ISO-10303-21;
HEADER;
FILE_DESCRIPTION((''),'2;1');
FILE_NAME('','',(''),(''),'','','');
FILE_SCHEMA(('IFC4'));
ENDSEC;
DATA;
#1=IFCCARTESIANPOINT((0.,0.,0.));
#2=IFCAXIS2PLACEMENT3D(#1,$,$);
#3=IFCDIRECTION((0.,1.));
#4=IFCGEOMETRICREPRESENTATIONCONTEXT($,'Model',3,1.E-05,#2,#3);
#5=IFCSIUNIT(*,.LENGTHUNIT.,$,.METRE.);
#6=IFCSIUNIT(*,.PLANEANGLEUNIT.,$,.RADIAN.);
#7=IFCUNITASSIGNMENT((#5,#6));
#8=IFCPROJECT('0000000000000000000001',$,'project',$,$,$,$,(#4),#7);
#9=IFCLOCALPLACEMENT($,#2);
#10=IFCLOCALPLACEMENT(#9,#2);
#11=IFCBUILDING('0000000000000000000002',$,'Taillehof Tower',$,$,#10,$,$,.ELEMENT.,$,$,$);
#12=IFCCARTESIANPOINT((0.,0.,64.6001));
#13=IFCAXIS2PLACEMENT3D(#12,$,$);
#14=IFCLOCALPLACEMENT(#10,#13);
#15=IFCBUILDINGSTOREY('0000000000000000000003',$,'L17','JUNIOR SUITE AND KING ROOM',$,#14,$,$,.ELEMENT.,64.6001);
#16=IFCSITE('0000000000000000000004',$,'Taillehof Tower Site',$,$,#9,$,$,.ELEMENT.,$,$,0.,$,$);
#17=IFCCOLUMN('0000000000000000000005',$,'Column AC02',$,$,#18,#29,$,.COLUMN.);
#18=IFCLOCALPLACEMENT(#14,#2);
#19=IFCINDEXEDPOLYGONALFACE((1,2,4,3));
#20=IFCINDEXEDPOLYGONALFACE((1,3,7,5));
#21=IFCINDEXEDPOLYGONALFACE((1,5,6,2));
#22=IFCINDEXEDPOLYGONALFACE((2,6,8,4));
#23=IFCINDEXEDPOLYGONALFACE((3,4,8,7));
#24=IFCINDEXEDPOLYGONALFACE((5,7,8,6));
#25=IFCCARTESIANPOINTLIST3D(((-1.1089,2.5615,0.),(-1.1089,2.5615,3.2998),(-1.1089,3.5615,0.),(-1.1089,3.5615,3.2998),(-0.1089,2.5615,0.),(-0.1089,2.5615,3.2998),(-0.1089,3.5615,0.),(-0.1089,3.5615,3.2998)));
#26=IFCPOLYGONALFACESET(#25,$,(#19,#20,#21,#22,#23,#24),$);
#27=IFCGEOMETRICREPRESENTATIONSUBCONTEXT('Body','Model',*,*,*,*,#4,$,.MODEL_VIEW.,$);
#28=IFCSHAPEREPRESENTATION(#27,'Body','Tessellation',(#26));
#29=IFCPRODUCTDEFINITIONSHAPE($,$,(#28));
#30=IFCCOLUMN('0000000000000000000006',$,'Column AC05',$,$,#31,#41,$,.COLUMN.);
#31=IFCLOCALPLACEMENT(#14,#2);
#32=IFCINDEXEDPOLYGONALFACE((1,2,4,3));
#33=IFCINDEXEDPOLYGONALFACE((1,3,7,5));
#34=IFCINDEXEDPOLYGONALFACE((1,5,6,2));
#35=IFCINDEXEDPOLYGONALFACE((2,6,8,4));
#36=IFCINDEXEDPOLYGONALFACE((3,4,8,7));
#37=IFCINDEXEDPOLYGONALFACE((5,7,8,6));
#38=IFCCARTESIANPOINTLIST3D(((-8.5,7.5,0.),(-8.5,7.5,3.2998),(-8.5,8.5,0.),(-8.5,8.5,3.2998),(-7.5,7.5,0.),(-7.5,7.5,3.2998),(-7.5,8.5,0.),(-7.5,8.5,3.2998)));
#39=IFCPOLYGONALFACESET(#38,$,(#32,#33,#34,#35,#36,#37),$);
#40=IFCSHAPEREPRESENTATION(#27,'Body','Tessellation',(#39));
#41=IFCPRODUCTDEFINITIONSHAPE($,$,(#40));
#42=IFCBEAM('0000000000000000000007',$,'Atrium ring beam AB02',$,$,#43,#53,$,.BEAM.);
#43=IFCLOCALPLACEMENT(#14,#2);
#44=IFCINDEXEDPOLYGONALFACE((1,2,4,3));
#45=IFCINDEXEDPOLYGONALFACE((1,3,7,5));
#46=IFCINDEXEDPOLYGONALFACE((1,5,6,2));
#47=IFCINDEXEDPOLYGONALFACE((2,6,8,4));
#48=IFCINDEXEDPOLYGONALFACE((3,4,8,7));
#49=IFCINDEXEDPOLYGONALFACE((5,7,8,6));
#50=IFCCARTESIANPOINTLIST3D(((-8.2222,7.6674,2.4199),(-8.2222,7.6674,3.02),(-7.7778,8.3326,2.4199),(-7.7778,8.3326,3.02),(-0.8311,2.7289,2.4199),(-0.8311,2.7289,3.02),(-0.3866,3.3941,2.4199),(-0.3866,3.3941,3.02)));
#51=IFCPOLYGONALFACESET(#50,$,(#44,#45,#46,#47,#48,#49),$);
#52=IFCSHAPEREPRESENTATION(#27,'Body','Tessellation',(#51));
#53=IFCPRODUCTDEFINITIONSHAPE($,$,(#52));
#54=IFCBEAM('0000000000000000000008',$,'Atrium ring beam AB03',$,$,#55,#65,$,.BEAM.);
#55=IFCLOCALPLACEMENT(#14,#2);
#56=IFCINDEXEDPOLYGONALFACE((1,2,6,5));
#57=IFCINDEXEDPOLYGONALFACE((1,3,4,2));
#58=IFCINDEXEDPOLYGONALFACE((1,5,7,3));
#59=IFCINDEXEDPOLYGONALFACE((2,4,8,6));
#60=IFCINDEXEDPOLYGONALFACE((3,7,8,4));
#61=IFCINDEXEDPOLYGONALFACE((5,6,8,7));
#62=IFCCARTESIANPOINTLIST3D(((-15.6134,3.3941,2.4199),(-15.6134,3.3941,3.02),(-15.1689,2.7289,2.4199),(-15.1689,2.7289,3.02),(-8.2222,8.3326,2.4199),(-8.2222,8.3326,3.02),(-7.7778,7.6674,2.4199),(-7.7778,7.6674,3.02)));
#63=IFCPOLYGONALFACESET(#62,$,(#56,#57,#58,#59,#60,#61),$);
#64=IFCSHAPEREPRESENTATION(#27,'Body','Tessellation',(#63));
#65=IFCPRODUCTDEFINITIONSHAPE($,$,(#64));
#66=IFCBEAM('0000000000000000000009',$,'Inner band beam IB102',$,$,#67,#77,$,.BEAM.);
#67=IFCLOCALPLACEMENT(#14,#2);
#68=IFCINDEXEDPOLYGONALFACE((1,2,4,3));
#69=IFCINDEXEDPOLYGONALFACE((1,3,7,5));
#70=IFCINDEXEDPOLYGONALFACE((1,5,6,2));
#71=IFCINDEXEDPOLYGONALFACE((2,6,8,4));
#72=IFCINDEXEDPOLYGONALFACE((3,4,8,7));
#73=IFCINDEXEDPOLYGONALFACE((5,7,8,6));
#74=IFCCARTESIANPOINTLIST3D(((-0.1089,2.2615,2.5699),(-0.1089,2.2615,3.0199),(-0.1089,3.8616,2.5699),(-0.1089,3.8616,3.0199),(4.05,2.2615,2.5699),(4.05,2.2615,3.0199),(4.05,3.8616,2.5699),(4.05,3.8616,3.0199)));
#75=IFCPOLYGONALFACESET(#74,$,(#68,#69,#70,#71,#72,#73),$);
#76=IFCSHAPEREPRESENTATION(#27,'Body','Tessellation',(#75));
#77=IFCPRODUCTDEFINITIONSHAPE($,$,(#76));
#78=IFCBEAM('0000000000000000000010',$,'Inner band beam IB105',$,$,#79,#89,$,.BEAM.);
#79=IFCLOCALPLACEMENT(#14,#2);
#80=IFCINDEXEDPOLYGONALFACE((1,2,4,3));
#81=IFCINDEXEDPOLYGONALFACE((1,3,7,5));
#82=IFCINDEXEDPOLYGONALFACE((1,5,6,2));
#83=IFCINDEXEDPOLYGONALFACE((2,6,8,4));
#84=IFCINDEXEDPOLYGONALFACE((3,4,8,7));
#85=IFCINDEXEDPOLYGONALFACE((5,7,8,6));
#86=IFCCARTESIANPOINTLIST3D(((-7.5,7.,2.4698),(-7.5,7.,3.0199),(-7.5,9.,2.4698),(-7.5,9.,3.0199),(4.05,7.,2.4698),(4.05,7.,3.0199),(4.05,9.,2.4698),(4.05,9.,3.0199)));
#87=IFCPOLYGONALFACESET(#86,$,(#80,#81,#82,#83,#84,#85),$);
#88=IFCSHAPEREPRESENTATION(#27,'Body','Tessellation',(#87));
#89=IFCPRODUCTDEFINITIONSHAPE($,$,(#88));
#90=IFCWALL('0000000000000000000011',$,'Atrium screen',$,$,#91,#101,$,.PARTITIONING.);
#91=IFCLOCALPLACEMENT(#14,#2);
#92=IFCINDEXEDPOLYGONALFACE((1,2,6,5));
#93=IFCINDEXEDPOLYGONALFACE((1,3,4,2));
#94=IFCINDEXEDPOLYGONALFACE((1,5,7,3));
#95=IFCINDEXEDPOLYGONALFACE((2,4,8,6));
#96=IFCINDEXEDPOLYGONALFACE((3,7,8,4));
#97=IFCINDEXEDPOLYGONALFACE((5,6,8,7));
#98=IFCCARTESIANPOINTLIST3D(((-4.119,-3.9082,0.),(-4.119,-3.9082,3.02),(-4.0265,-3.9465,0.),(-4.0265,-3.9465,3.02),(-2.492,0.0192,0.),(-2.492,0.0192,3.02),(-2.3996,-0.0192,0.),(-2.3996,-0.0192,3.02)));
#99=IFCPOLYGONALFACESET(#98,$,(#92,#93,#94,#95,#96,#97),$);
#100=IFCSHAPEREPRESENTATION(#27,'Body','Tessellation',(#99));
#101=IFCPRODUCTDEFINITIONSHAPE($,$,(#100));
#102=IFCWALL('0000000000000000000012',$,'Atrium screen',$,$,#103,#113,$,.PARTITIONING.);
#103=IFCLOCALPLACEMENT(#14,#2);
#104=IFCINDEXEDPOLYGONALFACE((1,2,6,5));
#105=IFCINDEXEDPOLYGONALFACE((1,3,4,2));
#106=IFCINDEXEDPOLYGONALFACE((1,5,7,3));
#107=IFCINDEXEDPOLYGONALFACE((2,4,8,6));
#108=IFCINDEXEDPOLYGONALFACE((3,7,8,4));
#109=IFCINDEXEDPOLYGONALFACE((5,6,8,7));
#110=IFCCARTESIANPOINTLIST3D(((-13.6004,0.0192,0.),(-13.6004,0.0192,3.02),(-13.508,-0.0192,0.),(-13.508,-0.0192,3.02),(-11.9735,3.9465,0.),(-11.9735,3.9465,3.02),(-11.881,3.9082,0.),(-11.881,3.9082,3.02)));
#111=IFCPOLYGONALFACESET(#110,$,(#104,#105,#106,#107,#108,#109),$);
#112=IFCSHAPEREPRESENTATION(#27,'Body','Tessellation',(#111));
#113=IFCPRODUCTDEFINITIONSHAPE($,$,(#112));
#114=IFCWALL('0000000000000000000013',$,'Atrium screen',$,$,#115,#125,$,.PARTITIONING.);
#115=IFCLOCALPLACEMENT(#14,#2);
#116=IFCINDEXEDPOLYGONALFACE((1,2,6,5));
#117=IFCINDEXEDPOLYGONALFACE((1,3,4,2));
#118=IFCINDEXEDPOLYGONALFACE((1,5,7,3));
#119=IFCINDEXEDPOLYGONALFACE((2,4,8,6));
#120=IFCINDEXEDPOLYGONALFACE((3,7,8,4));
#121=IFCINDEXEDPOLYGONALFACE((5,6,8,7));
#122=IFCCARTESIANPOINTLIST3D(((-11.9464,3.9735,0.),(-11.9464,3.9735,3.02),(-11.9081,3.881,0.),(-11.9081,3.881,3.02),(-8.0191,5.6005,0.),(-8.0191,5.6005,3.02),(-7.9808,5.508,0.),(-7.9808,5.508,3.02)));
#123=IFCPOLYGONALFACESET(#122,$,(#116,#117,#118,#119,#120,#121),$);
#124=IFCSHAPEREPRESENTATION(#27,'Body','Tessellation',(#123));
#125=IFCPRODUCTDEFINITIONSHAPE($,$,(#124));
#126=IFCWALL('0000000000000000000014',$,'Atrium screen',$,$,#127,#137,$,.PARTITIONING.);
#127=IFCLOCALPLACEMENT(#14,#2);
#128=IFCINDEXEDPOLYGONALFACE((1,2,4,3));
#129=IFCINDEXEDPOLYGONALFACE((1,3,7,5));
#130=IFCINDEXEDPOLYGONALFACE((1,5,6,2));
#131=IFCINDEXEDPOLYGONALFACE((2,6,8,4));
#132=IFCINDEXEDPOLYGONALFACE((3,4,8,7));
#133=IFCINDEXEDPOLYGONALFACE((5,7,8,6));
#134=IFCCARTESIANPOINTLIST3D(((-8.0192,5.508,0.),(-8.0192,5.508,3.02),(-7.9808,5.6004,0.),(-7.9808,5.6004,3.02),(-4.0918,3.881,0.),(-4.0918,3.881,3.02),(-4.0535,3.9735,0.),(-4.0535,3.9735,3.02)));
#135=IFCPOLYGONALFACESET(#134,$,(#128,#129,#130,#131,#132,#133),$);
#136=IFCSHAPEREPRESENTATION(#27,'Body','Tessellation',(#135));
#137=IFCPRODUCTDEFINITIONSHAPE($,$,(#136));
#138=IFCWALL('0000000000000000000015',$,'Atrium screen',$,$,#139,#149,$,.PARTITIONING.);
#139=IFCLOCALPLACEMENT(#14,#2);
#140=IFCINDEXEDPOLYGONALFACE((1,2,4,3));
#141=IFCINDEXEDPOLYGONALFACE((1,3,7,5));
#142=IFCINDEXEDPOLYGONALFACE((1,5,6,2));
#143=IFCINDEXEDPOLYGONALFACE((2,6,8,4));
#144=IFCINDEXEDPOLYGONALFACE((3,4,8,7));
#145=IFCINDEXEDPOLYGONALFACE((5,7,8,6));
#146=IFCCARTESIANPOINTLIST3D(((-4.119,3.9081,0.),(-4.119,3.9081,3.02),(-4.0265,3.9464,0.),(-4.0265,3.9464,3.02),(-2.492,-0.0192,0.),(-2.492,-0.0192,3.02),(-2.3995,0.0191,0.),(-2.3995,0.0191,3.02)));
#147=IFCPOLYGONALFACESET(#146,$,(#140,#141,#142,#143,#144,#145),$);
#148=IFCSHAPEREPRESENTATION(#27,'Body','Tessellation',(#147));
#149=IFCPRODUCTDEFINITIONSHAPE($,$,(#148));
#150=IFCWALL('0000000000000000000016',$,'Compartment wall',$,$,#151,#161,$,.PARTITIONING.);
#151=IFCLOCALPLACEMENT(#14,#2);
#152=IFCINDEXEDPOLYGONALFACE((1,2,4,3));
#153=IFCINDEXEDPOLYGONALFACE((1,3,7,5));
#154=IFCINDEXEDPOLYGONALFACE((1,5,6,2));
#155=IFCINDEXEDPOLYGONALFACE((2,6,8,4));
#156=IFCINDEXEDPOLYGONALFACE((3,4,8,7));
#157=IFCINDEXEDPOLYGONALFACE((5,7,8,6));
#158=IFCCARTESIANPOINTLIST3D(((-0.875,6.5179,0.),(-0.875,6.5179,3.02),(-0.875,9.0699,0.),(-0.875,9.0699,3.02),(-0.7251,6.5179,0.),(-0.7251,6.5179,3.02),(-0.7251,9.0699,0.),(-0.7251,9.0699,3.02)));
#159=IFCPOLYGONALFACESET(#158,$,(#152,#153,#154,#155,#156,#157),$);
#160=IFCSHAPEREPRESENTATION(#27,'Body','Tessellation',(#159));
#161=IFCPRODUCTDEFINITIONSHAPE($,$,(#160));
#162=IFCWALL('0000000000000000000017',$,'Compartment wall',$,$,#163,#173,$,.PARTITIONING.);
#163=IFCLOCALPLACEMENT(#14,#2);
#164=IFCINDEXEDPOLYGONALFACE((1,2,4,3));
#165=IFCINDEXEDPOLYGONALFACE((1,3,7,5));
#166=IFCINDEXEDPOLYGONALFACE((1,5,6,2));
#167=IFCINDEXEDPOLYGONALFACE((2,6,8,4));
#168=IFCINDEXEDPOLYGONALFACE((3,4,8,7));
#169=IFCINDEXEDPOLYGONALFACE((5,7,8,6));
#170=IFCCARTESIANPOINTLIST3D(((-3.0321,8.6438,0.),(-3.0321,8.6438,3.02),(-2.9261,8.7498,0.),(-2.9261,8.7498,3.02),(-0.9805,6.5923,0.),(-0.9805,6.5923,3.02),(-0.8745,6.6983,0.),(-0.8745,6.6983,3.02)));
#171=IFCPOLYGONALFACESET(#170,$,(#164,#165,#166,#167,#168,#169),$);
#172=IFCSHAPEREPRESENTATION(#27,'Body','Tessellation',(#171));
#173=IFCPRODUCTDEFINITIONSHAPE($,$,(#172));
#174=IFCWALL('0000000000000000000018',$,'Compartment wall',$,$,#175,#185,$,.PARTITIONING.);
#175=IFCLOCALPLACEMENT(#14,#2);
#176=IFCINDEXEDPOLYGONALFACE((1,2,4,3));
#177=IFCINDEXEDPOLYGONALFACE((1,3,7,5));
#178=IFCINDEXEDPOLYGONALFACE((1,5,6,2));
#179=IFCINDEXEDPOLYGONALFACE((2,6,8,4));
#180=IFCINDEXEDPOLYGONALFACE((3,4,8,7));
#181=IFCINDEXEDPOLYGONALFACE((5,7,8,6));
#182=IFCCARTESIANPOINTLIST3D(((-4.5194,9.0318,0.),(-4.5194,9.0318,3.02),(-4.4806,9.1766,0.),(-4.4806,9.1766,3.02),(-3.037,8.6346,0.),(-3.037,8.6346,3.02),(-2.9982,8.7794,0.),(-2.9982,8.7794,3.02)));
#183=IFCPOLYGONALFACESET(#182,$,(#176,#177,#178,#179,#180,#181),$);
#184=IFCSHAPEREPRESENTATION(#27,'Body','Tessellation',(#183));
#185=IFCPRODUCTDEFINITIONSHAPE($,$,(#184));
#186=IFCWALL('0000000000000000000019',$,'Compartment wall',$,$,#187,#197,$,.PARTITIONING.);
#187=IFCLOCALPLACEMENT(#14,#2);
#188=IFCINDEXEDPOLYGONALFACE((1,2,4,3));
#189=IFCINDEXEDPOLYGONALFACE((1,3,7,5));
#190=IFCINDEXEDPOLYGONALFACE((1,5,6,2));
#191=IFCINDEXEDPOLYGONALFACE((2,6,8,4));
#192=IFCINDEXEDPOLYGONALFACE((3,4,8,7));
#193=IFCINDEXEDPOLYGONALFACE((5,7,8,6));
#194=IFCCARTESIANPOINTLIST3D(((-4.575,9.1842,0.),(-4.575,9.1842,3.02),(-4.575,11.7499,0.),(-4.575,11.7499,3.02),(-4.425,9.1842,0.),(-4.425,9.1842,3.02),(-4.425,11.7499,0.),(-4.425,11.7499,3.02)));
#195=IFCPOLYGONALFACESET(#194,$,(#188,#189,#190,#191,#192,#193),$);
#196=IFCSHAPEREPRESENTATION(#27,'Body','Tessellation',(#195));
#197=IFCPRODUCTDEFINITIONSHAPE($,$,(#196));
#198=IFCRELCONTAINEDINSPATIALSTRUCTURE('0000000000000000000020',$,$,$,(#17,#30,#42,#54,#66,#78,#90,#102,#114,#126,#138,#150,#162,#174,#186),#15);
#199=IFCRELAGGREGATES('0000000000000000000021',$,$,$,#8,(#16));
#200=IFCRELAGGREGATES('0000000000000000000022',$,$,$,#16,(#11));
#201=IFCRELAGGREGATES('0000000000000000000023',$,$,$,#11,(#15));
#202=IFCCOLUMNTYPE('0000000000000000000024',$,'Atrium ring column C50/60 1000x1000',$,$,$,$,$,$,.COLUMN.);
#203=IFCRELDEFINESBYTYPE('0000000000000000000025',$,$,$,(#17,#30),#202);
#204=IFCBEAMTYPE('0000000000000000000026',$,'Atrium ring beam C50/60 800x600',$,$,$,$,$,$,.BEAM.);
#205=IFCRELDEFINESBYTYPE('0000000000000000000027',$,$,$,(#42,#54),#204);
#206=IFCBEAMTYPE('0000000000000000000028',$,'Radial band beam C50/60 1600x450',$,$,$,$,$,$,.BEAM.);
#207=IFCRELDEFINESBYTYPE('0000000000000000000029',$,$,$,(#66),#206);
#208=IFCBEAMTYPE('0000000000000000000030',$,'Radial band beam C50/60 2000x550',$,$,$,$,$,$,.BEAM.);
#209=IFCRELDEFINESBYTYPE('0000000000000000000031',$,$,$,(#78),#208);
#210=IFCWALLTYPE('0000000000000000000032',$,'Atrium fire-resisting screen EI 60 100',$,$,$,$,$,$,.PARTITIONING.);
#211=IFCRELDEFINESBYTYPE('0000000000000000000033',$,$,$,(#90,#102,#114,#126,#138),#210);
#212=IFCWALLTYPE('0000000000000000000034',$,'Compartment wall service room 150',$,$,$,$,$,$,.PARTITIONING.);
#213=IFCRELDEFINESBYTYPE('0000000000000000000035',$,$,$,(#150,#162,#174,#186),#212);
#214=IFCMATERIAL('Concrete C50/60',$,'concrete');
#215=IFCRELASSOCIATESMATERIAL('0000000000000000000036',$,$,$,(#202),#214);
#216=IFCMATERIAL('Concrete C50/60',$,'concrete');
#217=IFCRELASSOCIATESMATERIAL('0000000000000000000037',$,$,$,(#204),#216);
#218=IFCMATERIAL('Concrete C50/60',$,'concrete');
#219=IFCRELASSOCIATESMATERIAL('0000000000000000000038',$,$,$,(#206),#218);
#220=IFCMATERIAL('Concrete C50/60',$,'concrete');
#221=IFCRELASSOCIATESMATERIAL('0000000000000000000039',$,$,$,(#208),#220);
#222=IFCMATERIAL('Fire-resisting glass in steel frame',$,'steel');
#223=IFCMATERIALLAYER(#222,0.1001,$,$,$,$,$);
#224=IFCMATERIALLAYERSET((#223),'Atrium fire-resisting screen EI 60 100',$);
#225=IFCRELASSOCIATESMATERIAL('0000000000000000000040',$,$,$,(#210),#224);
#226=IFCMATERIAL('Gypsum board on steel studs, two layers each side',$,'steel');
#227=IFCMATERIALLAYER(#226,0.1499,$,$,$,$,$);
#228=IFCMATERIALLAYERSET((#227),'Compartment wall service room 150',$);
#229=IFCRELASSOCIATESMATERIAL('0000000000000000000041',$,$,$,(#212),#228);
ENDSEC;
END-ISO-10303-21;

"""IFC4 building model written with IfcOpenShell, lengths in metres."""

from ifc_helpers import new_model, si_unit, direction, frame, frame_2d, origin, origin_2d, place, context, subcontext, project, spatial, rectangle, extrude, material, layer, layer_set, material_profile, profile_set, type_object, element, save


model = new_model("IFC4")

# Units and contexts
model_context = context("Model", 3, precision=1e-05, world=origin(), true_north=direction((0.0, 1.0)))
body_context = subcontext(model_context, "Body", "Model", "MODEL_VIEW")
ifc_project = project(units=[si_unit("LENGTHUNIT", "METRE"), si_unit("PLANEANGLEUNIT", "RADIAN")], contexts=[model_context])

# Site, building, storey
site_placement = place(None, origin())
site = spatial("IfcSite", under=ifc_project, at=site_placement, Name="Taillehof Tower Site", CompositionType="ELEMENT", RefElevation=0.0)
building_placement = place(site_placement, origin())
building = spatial("IfcBuilding", under=site, at=building_placement, Name="Taillehof Tower", CompositionType="ELEMENT")
storey_placement = place(building_placement, frame((0.0, 0.0, 64.6001)))
storey = spatial("IfcBuildingStorey", under=building, at=storey_placement, Name="L17", Description="JUNIOR SUITE AND KING ROOM", CompositionType="ELEMENT", Elevation=64.6001)

# Columns
ifc_material_1 = material(Name="Concrete C50/60", Category="concrete")
ifc_material_profile_1 = material_profile(ifc_material_1, rectangle(XDim=1.0, YDim=1.0, at=origin_2d()), Name="RC 1000x1000")
ifc_profile_set_1 = profile_set([ifc_material_profile_1], Name="Concrete C50/60")
column_type = type_object("IfcColumnType", Name="Atrium ring column C50/60 1000x1000", PredefinedType="COLUMN", material=ifc_profile_set_1)
for number, where, z_axis, x_axis, name in (
    (1, (-0.6089, 3.0615, 0.0), (0.0, 0.0, 1.0), (1.0, 0.0, 0.0), "Column AC02"),
    (2, (-8.0, 8.0, 0.0), (0.0, 0.0, 1.0), (1.0, 0.0, 0.0), "Column AC05"),
):
    element("IfcColumn", number, at=place(storey_placement, frame(where, z_axis=z_axis, x_axis=x_axis)), inside=storey, type_object=column_type, Name=name, PredefinedType="COLUMN", context=body_context, shape_type="SweptSolid", body=[
        extrude(rectangle(XDim=1.0, YDim=1.0, at=origin_2d()), origin(), (0.0, 0.0, 1.0), 3.2998),
    ])

# Beams
ifc_material_2 = material(Name="Concrete C50/60", Category="concrete")
ifc_material_profile_2 = material_profile(ifc_material_2, rectangle(XDim=0.8, YDim=0.6001, at=origin_2d()), Name="RC 800x600")
ifc_profile_set_2 = profile_set([ifc_material_profile_2], Name="Concrete C50/60")
beam_type_1 = type_object("IfcBeamType", Name="Atrium ring beam C50/60 800x600", PredefinedType="BEAM", material=ifc_profile_set_2)
for number, where, z_axis, x_axis, name in (
    (3, (-0.6089, 3.0615, 2.72), (-0.831475, 0.555562, 0.0), (-0.555562, -0.831475, 0.0), "Atrium ring beam AB02"),
    (4, (-8.0, 8.0, 2.72), (-0.831475, -0.555562, 0.0), (0.555562, -0.831475, 0.0), "Atrium ring beam AB03"),
):
    element("IfcBeam", number, at=place(storey_placement, frame(where, z_axis=z_axis, x_axis=x_axis)), inside=storey, type_object=beam_type_1, Name=name, PredefinedType="BEAM", context=body_context, shape_type="SweptSolid", body=[
        extrude(rectangle(XDim=0.8, YDim=0.6001, at=origin_2d()), origin(), (0.0, 0.0, 1.0), 8.8892),
    ])
ifc_material_3 = material(Name="Concrete C50/60", Category="concrete")
ifc_material_profile_3 = material_profile(ifc_material_3, rectangle(XDim=1.6001, YDim=0.45, at=origin_2d()), Name="RC 1600x450")
ifc_profile_set_3 = profile_set([ifc_material_profile_3], Name="Concrete C50/60")
beam_type_2 = type_object("IfcBeamType", Name="Radial band beam C50/60 1600x450", PredefinedType="BEAM", material=ifc_profile_set_3)
beam_1_placement = place(storey_placement, frame((-0.1089, 3.0615, 2.7949), z_axis=(1.0, 0.0, 0.0), x_axis=(0.0, 1.0, 0.0)))
element("IfcBeam", 5, at=beam_1_placement, inside=storey, type_object=beam_type_2, Name="Inner band beam IB102", PredefinedType="BEAM", context=body_context, shape_type="SweptSolid", body=[
    extrude(rectangle(XDim=1.6001, YDim=0.45, at=origin_2d()), origin(), (0.0, 0.0, 1.0), 4.1589),
])
ifc_material_4 = material(Name="Concrete C50/60", Category="concrete")
ifc_material_profile_4 = material_profile(ifc_material_4, rectangle(XDim=2.0, YDim=0.55, at=origin_2d()), Name="RC 2000x550")
ifc_profile_set_4 = profile_set([ifc_material_profile_4], Name="Concrete C50/60")
beam_type_3 = type_object("IfcBeamType", Name="Radial band beam C50/60 2000x550", PredefinedType="BEAM", material=ifc_profile_set_4)
beam_2_placement = place(storey_placement, frame((-7.5, 8.0, 2.7449), z_axis=(1.0, 0.0, 0.0), x_axis=(0.0, 1.0, 0.0)))
element("IfcBeam", 6, at=beam_2_placement, inside=storey, type_object=beam_type_3, Name="Inner band beam IB105", PredefinedType="BEAM", context=body_context, shape_type="SweptSolid", body=[
    extrude(rectangle(XDim=2.0, YDim=0.55, at=origin_2d()), origin(), (0.0, 0.0, 1.0), 11.55),
])

# Walls
ifc_material_5 = material(Name="Fire-resisting glass in steel frame", Category="steel")
ifc_layer_1 = layer(ifc_material_5, 0.1001)
ifc_layer_set_1 = layer_set([ifc_layer_1], Name="Atrium fire-resisting screen EI 60 100")
wall_type_1 = type_object("IfcWallType", Name="Atrium fire-resisting screen EI 60 100", PredefinedType="PARTITIONING", material=ifc_layer_set_1)
for number, where, z_axis, x_axis, name in (
    (7, (-2.4458, 0.0, 0.0), (0.0, 0.0, 1.0), (-0.382731, -0.92386, 0.0), "Atrium screen"),
    (8, (-13.5542, 0.0, 0.0), (0.0, 0.0, 1.0), (0.382731, 0.92386, 0.0), "Atrium screen"),
    (9, (-11.9272, 3.9272, 0.0), (0.0, 0.0, 1.0), (0.92386, 0.382731, 0.0), "Atrium screen"),
    (10, (-8.0, 5.5542, 0.0), (0.0, 0.0, 1.0), (0.92386, -0.382731, 0.0), "Atrium screen"),
    (11, (-4.0728, 3.9272, 0.0), (0.0, 0.0, 1.0), (0.382731, -0.92386, 0.0), "Atrium screen"),
):
    element("IfcWall", number, at=place(storey_placement, frame(where, z_axis=z_axis, x_axis=x_axis)), inside=storey, type_object=wall_type_1, Name=name, PredefinedType="PARTITIONING", context=body_context, shape_type="SweptSolid", body=[
        extrude(rectangle(XDim=4.251, YDim=0.1001, at=frame_2d((2.1255, 0.0))), origin(), (0.0, 0.0, 1.0), 3.02),
    ])
ifc_material_6 = material(Name="Gypsum board on steel studs, two layers each side", Category="steel")
ifc_layer_2 = layer(ifc_material_6, 0.1499)
ifc_layer_set_2 = layer_set([ifc_layer_2], Name="Compartment wall service room 150")
wall_type_2 = type_object("IfcWallType", Name="Compartment wall service room 150", PredefinedType="PARTITIONING", material=ifc_layer_set_2)
wall_1_placement = place(storey_placement, frame((-0.8, 9.0698, 0.0), z_axis=(0.0, 0.0, 1.0), x_axis=(0.0, -1.0, 0.0)))
element("IfcWall", 12, at=wall_1_placement, inside=storey, type_object=wall_type_2, Name="Compartment wall", PredefinedType="PARTITIONING", context=body_context, shape_type="SweptSolid", body=[
    extrude(rectangle(XDim=2.552, YDim=0.1499, at=frame_2d((1.2759, 0.0))), origin(), (0.0, 0.0, 1.0), 3.02),
])
wall_2_placement = place(storey_placement, frame((-0.9275, 6.6453, 0.0), z_axis=(0.0, 0.0, 1.0), x_axis=(-0.707107, 0.707107, 0.0)))
element("IfcWall", 13, at=wall_2_placement, inside=storey, type_object=wall_type_2, Name="Compartment wall", PredefinedType="PARTITIONING", context=body_context, shape_type="SweptSolid", body=[
    extrude(rectangle(XDim=2.9014, YDim=0.1499, at=frame_2d((1.4507, 0.0))), origin(), (0.0, 0.0, 1.0), 3.02),
])
wall_3_placement = place(storey_placement, frame((-3.0176, 8.707, 0.0), z_axis=(0.0, 0.0, 1.0), x_axis=(-0.965925, 0.258821, 0.0)))
element("IfcWall", 14, at=wall_3_placement, inside=storey, type_object=wall_type_2, Name="Compartment wall", PredefinedType="PARTITIONING", context=body_context, shape_type="SweptSolid", body=[
    extrude(rectangle(XDim=1.5347, YDim=0.1499, at=frame_2d((0.7673, 0.0))), origin(), (0.0, 0.0, 1.0), 3.02),
])
wall_4_placement = place(storey_placement, frame((-4.5, 9.1843, 0.0), z_axis=(0.0, 0.0, 1.0), x_axis=(0.0, 1.0, 0.0)))
element("IfcWall", 15, at=wall_4_placement, inside=storey, type_object=wall_type_2, Name="Compartment wall", PredefinedType="PARTITIONING", context=body_context, shape_type="SweptSolid", body=[
    extrude(rectangle(XDim=2.5657, YDim=0.1499, at=frame_2d((1.2827, 0.0))), origin(), (0.0, 0.0, 1.0), 3.02),
])

save(model, "model.ifc")
